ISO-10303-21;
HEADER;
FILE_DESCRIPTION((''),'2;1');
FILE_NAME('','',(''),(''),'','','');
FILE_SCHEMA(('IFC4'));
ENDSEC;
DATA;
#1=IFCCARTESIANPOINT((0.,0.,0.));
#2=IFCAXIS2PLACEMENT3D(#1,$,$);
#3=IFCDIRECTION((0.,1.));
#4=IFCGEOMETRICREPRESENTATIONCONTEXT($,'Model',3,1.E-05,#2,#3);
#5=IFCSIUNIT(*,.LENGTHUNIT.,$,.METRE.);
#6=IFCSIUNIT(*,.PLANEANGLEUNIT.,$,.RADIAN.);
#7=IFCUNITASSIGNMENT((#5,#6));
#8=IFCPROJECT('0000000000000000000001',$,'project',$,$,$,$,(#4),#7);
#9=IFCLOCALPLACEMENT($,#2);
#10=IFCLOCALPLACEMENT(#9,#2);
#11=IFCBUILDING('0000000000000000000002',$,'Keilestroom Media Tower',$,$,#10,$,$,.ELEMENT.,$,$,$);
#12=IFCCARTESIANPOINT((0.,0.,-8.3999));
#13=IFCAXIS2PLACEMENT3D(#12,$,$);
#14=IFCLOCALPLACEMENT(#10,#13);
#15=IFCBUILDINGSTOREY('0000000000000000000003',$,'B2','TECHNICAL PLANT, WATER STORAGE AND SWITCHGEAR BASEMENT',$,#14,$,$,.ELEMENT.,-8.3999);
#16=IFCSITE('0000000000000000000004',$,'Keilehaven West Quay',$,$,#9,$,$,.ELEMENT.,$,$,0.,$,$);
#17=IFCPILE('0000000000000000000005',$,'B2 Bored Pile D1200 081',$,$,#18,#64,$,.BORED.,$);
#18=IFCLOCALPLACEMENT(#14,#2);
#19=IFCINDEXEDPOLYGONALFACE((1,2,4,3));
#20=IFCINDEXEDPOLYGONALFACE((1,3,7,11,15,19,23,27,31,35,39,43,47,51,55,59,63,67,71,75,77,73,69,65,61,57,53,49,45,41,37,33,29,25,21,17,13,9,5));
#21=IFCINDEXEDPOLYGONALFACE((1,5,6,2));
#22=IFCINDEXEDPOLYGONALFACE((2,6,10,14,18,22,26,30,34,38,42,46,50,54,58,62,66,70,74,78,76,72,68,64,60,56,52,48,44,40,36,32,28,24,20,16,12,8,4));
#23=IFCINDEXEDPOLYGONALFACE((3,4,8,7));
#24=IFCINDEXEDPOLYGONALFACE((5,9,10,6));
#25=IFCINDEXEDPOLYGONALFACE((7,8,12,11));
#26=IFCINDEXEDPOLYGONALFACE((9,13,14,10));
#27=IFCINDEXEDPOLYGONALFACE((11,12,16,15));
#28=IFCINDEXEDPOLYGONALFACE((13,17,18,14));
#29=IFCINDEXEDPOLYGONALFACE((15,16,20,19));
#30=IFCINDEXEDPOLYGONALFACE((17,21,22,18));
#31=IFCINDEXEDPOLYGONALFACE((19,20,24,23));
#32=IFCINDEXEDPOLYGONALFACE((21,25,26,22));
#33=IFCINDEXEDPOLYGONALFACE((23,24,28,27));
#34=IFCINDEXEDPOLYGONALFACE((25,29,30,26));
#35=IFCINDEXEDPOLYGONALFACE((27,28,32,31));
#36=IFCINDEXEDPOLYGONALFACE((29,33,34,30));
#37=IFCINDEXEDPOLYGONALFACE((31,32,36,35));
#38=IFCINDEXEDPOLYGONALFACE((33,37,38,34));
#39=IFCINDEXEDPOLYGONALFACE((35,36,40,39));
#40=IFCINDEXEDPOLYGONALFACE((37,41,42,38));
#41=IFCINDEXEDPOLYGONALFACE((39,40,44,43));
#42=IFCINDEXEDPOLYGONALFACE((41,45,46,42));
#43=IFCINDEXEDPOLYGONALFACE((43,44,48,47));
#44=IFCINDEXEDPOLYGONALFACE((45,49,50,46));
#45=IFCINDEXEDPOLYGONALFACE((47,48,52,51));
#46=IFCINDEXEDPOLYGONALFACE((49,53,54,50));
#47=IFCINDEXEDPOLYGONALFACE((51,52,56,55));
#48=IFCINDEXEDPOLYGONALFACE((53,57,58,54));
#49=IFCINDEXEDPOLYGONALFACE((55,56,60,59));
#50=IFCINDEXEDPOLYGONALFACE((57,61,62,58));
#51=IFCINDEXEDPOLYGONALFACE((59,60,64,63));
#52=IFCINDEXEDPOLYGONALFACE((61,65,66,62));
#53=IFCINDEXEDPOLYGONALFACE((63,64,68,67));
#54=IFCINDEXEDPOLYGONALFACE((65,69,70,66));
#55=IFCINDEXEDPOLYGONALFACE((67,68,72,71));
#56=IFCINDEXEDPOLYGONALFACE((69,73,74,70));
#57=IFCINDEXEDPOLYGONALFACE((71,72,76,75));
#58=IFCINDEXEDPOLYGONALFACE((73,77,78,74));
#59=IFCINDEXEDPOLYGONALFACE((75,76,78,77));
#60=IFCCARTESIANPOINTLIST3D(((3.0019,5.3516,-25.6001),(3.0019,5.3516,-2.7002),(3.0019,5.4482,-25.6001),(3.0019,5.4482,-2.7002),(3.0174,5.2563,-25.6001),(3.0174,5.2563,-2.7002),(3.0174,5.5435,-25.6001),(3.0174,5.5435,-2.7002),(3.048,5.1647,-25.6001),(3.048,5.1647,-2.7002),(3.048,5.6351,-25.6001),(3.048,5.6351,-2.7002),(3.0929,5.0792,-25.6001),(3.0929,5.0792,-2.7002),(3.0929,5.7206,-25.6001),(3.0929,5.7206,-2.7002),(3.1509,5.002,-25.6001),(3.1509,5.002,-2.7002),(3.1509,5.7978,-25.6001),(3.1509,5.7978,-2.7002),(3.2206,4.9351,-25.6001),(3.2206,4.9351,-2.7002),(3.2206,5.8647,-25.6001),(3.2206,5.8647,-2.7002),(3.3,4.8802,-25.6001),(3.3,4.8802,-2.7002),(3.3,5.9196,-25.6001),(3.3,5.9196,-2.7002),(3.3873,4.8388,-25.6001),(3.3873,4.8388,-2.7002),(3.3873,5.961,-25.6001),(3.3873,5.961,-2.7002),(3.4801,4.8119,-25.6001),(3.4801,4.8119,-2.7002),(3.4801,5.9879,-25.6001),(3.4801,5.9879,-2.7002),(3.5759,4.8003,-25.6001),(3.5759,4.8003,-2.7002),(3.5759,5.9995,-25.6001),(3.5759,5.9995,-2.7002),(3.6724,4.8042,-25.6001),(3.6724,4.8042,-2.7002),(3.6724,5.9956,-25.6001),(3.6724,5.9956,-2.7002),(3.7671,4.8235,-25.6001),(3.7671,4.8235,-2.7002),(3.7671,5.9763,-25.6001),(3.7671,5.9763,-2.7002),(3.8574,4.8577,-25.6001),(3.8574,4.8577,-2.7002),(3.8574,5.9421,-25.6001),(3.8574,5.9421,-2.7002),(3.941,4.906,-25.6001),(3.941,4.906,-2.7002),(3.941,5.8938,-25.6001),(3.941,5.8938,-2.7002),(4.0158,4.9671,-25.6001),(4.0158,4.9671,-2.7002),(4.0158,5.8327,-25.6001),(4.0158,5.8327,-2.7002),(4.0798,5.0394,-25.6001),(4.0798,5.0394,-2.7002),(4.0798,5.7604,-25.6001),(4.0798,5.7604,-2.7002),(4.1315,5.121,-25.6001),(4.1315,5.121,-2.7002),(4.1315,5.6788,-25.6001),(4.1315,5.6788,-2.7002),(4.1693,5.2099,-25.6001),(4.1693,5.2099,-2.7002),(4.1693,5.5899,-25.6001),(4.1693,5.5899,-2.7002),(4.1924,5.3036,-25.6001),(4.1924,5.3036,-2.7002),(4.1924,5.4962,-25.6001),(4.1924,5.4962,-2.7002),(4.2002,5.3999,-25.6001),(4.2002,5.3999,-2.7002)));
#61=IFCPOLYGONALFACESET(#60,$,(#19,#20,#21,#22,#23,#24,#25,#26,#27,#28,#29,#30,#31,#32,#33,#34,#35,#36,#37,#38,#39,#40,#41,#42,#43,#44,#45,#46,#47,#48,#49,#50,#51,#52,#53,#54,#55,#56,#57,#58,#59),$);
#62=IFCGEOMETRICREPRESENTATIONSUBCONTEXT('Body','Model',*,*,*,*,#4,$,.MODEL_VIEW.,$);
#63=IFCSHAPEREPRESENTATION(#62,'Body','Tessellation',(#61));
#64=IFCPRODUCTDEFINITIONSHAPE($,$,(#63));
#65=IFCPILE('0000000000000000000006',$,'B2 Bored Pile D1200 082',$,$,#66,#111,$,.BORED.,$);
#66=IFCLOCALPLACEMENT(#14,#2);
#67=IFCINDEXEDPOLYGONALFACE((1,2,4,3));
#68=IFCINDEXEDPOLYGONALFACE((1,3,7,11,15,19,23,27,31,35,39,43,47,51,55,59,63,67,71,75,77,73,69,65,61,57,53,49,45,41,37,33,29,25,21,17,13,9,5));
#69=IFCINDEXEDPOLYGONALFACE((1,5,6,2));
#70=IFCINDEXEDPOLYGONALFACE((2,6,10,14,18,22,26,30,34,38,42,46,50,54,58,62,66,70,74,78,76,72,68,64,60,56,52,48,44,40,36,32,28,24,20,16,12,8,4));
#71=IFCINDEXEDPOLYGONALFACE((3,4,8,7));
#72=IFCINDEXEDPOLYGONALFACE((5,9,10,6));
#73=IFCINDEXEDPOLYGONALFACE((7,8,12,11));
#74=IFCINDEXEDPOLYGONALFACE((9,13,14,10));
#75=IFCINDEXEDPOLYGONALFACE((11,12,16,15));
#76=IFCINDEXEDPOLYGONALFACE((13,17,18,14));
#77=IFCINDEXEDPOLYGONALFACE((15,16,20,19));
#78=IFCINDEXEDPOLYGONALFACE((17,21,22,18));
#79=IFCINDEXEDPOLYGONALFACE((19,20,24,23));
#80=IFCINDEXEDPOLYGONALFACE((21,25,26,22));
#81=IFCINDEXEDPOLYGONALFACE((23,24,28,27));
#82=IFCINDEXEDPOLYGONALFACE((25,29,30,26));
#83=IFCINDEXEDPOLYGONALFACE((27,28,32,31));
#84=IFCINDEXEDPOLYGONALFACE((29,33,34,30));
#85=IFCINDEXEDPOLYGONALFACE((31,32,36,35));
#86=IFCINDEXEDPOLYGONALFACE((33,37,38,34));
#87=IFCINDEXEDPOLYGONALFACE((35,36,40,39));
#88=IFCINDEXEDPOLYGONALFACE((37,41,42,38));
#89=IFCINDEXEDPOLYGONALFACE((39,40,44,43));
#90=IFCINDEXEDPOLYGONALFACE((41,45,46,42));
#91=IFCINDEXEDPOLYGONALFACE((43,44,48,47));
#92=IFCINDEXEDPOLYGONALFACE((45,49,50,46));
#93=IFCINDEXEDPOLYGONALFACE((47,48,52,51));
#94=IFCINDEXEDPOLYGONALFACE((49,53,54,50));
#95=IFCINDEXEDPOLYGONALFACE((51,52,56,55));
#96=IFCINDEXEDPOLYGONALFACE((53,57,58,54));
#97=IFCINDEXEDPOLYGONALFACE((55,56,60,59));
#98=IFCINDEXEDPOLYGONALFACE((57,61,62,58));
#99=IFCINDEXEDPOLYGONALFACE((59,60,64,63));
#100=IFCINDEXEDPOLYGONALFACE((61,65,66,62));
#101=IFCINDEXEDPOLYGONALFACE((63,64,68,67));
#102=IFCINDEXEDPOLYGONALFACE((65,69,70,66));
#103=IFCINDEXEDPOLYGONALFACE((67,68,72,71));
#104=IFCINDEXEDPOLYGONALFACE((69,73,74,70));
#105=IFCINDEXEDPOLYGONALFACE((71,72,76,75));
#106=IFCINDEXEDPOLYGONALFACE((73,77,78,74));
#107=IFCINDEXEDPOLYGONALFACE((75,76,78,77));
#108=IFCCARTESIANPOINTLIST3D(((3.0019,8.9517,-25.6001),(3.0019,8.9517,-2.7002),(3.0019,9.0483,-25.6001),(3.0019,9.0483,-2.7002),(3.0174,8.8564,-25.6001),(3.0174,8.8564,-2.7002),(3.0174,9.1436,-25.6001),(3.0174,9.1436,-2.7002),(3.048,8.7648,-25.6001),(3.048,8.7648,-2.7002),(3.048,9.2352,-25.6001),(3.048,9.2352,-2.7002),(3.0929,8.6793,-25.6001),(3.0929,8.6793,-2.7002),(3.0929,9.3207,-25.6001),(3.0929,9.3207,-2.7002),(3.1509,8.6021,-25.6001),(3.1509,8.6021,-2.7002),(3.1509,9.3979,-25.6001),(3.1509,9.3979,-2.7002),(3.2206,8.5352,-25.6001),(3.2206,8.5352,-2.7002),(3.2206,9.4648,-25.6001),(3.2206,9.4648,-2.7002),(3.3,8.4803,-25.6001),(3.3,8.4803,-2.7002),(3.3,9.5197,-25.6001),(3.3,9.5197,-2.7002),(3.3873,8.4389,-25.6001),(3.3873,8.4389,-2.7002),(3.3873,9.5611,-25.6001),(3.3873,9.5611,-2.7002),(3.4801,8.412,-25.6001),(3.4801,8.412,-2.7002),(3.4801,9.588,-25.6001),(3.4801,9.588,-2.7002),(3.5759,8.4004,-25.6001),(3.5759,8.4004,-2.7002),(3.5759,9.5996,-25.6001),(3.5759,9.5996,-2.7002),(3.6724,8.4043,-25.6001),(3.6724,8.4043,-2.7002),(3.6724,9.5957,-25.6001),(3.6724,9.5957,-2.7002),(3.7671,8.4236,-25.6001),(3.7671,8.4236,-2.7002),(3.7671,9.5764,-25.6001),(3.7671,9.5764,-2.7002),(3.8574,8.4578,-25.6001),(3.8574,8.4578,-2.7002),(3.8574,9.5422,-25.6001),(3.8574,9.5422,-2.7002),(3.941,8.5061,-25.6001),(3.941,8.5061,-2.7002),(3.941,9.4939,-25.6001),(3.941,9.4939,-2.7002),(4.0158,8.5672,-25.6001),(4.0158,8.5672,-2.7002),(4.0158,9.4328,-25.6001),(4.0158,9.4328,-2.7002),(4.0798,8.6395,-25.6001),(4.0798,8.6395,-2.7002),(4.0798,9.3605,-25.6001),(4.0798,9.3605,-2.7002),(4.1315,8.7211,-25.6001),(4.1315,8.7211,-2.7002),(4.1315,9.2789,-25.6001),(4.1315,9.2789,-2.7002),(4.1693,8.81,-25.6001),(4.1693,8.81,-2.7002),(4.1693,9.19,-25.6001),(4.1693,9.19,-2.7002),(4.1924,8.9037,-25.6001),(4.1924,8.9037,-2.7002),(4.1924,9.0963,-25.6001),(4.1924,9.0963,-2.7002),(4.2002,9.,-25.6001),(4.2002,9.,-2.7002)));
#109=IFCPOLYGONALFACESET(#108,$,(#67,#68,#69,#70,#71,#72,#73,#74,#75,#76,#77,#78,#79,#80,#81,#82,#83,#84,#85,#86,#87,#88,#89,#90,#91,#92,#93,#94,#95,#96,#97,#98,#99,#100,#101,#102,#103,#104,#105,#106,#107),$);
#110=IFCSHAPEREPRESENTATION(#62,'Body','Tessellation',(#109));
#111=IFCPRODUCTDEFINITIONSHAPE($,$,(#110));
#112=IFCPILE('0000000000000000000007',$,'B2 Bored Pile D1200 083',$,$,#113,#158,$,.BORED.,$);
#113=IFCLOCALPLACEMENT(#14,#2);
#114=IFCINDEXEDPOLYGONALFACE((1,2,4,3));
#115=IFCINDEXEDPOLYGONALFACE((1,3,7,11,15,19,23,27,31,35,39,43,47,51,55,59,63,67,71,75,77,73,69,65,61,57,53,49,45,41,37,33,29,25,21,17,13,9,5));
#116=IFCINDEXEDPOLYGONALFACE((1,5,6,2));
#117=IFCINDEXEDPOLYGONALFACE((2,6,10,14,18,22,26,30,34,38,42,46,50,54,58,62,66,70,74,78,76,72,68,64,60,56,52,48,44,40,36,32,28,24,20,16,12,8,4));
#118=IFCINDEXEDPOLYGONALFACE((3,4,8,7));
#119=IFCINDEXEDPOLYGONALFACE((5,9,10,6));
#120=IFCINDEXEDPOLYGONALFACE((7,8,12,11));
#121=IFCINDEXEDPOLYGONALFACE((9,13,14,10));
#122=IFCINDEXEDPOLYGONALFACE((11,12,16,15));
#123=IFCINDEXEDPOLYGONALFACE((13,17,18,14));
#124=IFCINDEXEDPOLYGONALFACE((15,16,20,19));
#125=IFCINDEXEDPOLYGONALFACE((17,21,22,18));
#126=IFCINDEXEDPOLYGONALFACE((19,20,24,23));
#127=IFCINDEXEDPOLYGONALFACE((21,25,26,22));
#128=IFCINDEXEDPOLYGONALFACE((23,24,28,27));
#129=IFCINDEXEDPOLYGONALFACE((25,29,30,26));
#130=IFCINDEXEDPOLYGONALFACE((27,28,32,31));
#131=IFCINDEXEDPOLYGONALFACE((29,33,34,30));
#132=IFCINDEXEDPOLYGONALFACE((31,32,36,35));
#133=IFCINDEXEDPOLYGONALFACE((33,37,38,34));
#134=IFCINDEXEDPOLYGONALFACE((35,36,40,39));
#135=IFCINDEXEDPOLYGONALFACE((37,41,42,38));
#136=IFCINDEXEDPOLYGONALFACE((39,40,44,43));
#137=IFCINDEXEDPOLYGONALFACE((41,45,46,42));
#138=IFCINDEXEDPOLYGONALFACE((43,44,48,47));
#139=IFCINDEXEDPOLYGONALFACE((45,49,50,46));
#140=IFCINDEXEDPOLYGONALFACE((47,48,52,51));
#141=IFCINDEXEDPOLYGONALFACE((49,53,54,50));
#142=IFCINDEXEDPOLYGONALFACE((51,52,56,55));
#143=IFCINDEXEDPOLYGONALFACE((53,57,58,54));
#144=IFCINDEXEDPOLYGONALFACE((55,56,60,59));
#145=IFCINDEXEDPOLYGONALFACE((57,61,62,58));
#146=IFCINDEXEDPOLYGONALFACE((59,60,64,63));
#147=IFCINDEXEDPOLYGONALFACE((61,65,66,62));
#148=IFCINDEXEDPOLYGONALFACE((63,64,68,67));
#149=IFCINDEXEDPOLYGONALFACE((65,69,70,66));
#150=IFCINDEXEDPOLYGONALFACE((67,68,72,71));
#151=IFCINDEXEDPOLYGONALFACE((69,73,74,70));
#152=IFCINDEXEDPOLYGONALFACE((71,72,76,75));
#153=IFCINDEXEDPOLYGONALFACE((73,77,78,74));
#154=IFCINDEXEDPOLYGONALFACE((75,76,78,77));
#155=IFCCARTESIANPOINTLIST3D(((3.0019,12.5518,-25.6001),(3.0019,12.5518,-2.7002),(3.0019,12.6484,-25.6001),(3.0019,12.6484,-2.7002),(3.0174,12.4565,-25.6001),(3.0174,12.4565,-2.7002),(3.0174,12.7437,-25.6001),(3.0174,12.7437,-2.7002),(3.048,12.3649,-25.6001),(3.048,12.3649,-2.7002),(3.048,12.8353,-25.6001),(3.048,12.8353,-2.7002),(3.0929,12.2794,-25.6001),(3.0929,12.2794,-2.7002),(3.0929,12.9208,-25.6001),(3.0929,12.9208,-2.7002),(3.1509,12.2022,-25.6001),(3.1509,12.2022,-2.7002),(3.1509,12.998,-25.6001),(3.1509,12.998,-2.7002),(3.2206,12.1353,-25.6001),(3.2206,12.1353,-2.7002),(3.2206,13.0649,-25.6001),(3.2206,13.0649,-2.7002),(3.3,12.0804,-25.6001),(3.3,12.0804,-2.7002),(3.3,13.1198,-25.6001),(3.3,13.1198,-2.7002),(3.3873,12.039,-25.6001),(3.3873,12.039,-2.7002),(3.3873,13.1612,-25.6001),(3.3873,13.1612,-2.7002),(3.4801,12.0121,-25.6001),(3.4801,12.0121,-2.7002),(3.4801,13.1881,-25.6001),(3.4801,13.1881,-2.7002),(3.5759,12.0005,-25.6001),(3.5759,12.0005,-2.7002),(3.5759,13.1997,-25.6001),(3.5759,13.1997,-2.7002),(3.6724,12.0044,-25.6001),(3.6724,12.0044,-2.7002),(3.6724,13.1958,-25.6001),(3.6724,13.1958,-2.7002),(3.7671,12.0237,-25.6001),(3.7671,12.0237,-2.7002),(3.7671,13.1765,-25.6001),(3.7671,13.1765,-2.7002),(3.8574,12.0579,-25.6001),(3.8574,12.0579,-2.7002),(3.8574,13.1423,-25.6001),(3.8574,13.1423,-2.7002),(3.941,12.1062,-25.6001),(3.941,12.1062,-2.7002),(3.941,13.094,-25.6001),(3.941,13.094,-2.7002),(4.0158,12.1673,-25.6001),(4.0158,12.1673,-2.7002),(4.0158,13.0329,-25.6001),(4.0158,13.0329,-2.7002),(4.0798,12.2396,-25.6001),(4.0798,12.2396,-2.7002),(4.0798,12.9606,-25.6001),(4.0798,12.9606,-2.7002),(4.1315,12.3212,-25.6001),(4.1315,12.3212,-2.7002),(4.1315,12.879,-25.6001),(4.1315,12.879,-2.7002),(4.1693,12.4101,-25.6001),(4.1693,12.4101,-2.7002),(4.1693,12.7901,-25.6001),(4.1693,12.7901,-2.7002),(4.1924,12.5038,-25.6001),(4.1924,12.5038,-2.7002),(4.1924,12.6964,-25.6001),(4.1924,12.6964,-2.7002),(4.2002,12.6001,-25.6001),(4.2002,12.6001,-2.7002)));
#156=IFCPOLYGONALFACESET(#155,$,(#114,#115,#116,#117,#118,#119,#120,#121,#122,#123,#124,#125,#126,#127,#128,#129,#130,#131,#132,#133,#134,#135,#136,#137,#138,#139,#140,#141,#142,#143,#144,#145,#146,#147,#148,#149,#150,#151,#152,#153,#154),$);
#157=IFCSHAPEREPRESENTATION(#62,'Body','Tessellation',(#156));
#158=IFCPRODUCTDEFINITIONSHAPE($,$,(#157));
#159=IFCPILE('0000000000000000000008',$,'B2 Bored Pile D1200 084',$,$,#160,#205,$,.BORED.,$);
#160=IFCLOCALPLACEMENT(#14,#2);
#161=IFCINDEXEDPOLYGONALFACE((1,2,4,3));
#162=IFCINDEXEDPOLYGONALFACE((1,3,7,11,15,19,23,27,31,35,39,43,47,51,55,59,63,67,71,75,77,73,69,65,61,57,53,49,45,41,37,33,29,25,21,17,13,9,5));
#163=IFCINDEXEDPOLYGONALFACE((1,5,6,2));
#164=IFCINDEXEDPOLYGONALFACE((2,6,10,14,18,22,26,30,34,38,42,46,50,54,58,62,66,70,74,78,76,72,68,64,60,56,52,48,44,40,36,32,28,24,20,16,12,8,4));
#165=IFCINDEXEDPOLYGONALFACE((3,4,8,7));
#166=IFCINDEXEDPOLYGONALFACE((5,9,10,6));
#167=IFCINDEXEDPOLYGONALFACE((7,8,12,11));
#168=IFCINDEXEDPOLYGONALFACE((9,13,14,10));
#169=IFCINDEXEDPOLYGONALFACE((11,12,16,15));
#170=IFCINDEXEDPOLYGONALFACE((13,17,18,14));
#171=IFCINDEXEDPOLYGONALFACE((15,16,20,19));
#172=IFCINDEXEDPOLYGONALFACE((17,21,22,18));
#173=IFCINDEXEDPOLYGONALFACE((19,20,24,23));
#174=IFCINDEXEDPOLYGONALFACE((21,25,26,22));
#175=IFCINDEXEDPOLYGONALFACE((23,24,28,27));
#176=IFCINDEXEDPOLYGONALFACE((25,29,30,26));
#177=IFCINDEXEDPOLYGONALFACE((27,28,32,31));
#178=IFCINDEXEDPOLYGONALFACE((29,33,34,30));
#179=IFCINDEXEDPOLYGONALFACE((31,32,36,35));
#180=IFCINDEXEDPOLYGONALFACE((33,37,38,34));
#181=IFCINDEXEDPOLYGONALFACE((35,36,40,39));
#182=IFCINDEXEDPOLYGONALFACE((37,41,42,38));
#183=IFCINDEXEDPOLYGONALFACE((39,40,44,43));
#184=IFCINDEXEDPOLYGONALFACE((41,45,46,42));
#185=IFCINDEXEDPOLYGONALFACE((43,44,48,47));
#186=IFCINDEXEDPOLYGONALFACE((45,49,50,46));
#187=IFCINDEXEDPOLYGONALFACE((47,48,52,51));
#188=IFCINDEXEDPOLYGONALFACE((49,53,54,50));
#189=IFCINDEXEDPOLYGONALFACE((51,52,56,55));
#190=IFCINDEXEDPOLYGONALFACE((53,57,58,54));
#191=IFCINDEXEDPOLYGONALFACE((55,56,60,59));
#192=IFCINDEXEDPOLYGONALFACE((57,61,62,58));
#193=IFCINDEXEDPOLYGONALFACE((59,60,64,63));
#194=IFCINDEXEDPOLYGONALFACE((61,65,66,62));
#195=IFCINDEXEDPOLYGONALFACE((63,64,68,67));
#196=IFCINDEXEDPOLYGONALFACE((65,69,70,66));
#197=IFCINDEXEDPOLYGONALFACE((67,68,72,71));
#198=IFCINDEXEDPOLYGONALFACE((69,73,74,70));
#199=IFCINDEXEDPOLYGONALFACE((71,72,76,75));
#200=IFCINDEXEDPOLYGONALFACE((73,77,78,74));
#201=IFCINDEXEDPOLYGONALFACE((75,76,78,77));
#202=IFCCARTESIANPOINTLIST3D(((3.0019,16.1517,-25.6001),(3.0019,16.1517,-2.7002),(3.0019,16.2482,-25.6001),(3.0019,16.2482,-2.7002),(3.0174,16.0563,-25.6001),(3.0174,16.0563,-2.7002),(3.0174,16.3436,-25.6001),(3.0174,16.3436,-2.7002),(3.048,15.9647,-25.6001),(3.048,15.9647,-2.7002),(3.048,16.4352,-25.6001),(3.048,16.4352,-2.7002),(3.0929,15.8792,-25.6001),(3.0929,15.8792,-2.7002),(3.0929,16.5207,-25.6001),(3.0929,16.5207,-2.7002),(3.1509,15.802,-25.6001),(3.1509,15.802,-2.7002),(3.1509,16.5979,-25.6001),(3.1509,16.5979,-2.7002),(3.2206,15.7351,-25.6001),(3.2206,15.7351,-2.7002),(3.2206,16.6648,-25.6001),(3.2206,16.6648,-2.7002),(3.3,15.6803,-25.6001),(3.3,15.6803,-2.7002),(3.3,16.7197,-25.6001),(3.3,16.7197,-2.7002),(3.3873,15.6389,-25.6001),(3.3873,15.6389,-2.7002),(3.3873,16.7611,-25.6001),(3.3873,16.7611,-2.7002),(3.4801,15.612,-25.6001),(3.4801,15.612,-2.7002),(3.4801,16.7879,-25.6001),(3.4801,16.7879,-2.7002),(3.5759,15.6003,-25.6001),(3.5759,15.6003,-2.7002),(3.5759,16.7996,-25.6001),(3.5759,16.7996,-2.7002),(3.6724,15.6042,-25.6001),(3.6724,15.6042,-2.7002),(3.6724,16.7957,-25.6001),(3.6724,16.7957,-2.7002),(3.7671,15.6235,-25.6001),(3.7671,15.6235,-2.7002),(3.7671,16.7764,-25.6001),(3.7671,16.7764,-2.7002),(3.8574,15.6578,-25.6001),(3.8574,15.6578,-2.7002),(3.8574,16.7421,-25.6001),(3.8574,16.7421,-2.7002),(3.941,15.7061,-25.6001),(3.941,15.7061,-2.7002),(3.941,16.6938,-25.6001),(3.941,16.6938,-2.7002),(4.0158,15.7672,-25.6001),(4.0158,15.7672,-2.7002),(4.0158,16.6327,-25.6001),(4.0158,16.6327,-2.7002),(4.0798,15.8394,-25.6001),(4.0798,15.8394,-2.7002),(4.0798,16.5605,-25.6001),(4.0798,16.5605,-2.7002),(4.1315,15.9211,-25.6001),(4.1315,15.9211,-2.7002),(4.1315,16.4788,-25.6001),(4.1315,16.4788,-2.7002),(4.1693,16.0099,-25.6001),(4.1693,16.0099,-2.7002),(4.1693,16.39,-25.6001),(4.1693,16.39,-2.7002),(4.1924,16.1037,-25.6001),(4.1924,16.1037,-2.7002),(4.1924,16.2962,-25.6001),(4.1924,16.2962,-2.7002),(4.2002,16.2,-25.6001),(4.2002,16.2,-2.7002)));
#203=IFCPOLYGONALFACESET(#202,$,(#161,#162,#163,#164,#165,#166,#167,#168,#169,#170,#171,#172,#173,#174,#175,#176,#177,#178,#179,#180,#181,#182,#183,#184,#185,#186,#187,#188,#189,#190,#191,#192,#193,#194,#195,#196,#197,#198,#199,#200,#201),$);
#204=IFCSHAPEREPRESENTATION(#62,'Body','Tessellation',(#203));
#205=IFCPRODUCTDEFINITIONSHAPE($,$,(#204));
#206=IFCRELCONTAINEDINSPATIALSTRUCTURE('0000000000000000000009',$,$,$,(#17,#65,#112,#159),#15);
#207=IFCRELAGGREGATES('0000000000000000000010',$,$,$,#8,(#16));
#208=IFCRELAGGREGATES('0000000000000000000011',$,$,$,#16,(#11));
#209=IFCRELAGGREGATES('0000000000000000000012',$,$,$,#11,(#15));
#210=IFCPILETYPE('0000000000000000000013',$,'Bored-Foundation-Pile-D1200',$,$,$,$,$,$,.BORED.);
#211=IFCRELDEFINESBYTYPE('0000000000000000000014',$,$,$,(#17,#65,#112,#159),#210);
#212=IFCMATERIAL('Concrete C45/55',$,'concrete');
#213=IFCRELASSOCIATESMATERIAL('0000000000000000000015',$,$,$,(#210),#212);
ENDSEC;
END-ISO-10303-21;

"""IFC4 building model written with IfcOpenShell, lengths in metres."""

from ifc_helpers import new_model, si_unit, direction, frame, origin, origin_2d, place, context, subcontext, project, spatial, circle, extrude, source, transform, mapped, material, material_profile, profile_set, type_object, element, save


model = new_model("IFC4")

# Units and contexts
model_context = context("Model", 3, precision=1e-05, world=origin(), true_north=direction((0.0, 1.0)))
body_context = subcontext(model_context, "Body", "Model", "MODEL_VIEW")
ifc_project = project(units=[si_unit("LENGTHUNIT", "METRE"), si_unit("PLANEANGLEUNIT", "RADIAN")], contexts=[model_context])

# Site, building, storey
site_placement = place(None, origin())
site = spatial("IfcSite", under=ifc_project, at=site_placement, Name="Keilehaven West Quay", CompositionType="ELEMENT", RefElevation=0.0)
building_placement = place(site_placement, origin())
building = spatial("IfcBuilding", under=site, at=building_placement, Name="Keilestroom Media Tower", CompositionType="ELEMENT")
storey_placement = place(building_placement, frame((0.0, 0.0, -8.3999)))
storey = spatial("IfcBuildingStorey", under=building, at=storey_placement, Name="B2", Description="TECHNICAL PLANT, WATER STORAGE AND SWITCHGEAR BASEMENT", CompositionType="ELEMENT", Elevation=-8.3999)

# Piles
ifc_material_1 = material(Name="Concrete C45/55", Category="concrete")
ifc_material_profile_1 = material_profile(ifc_material_1, circle(Radius=0.6001, at=origin_2d()), Name="BORED PILE D1200")
ifc_profile_set_1 = profile_set([ifc_material_profile_1], Name="Concrete C45/55")
pile_type_1 = type_object("IfcPileType", Name="Bored-Foundation-Pile-D1200", PredefinedType="BORED", material=ifc_profile_set_1)
shared_shape_1 = source(origin(), body_context, "Body", "SweptSolid", [
    extrude(circle(Radius=0.6001, at=origin_2d()), origin(), (0.0, 0.0, 1.0), 22.8999),
])
for number, where, z_axis, x_axis, name in (
    (1, (3.6001, 5.3999, -2.7002), (0.0, 0.0, -1.0), (1.0, 0.0, 0.0), "B2 Bored Pile D1200 081"),
    (2, (3.6001, 9.0, -2.7002), (0.0, 0.0, -1.0), (1.0, 0.0, 0.0), "B2 Bored Pile D1200 082"),
    (3, (3.6001, 12.6001, -2.7002), (0.0, 0.0, -1.0), (1.0, 0.0, 0.0), "B2 Bored Pile D1200 083"),
    (4, (3.6001, 16.2, -2.7002), (0.0, 0.0, -1.0), (1.0, 0.0, 0.0), "B2 Bored Pile D1200 084"),
):
    element("IfcPile", number, at=place(storey_placement, frame(where, z_axis=z_axis, x_axis=x_axis)), inside=storey, type_object=pile_type_1, Name=name, PredefinedType="BORED", context=body_context, shape_type="MappedRepresentation", body=[
        mapped(shared_shape_1, transform((0.0, 0.0, 0.0), x_axis=(1.0, 0.0, 0.0), y_axis=(0.0, 1.0, 0.0), z_axis=(0.0, 0.0, 1.0), scale=1.0)),
    ])

save(model, "model.ifc")
